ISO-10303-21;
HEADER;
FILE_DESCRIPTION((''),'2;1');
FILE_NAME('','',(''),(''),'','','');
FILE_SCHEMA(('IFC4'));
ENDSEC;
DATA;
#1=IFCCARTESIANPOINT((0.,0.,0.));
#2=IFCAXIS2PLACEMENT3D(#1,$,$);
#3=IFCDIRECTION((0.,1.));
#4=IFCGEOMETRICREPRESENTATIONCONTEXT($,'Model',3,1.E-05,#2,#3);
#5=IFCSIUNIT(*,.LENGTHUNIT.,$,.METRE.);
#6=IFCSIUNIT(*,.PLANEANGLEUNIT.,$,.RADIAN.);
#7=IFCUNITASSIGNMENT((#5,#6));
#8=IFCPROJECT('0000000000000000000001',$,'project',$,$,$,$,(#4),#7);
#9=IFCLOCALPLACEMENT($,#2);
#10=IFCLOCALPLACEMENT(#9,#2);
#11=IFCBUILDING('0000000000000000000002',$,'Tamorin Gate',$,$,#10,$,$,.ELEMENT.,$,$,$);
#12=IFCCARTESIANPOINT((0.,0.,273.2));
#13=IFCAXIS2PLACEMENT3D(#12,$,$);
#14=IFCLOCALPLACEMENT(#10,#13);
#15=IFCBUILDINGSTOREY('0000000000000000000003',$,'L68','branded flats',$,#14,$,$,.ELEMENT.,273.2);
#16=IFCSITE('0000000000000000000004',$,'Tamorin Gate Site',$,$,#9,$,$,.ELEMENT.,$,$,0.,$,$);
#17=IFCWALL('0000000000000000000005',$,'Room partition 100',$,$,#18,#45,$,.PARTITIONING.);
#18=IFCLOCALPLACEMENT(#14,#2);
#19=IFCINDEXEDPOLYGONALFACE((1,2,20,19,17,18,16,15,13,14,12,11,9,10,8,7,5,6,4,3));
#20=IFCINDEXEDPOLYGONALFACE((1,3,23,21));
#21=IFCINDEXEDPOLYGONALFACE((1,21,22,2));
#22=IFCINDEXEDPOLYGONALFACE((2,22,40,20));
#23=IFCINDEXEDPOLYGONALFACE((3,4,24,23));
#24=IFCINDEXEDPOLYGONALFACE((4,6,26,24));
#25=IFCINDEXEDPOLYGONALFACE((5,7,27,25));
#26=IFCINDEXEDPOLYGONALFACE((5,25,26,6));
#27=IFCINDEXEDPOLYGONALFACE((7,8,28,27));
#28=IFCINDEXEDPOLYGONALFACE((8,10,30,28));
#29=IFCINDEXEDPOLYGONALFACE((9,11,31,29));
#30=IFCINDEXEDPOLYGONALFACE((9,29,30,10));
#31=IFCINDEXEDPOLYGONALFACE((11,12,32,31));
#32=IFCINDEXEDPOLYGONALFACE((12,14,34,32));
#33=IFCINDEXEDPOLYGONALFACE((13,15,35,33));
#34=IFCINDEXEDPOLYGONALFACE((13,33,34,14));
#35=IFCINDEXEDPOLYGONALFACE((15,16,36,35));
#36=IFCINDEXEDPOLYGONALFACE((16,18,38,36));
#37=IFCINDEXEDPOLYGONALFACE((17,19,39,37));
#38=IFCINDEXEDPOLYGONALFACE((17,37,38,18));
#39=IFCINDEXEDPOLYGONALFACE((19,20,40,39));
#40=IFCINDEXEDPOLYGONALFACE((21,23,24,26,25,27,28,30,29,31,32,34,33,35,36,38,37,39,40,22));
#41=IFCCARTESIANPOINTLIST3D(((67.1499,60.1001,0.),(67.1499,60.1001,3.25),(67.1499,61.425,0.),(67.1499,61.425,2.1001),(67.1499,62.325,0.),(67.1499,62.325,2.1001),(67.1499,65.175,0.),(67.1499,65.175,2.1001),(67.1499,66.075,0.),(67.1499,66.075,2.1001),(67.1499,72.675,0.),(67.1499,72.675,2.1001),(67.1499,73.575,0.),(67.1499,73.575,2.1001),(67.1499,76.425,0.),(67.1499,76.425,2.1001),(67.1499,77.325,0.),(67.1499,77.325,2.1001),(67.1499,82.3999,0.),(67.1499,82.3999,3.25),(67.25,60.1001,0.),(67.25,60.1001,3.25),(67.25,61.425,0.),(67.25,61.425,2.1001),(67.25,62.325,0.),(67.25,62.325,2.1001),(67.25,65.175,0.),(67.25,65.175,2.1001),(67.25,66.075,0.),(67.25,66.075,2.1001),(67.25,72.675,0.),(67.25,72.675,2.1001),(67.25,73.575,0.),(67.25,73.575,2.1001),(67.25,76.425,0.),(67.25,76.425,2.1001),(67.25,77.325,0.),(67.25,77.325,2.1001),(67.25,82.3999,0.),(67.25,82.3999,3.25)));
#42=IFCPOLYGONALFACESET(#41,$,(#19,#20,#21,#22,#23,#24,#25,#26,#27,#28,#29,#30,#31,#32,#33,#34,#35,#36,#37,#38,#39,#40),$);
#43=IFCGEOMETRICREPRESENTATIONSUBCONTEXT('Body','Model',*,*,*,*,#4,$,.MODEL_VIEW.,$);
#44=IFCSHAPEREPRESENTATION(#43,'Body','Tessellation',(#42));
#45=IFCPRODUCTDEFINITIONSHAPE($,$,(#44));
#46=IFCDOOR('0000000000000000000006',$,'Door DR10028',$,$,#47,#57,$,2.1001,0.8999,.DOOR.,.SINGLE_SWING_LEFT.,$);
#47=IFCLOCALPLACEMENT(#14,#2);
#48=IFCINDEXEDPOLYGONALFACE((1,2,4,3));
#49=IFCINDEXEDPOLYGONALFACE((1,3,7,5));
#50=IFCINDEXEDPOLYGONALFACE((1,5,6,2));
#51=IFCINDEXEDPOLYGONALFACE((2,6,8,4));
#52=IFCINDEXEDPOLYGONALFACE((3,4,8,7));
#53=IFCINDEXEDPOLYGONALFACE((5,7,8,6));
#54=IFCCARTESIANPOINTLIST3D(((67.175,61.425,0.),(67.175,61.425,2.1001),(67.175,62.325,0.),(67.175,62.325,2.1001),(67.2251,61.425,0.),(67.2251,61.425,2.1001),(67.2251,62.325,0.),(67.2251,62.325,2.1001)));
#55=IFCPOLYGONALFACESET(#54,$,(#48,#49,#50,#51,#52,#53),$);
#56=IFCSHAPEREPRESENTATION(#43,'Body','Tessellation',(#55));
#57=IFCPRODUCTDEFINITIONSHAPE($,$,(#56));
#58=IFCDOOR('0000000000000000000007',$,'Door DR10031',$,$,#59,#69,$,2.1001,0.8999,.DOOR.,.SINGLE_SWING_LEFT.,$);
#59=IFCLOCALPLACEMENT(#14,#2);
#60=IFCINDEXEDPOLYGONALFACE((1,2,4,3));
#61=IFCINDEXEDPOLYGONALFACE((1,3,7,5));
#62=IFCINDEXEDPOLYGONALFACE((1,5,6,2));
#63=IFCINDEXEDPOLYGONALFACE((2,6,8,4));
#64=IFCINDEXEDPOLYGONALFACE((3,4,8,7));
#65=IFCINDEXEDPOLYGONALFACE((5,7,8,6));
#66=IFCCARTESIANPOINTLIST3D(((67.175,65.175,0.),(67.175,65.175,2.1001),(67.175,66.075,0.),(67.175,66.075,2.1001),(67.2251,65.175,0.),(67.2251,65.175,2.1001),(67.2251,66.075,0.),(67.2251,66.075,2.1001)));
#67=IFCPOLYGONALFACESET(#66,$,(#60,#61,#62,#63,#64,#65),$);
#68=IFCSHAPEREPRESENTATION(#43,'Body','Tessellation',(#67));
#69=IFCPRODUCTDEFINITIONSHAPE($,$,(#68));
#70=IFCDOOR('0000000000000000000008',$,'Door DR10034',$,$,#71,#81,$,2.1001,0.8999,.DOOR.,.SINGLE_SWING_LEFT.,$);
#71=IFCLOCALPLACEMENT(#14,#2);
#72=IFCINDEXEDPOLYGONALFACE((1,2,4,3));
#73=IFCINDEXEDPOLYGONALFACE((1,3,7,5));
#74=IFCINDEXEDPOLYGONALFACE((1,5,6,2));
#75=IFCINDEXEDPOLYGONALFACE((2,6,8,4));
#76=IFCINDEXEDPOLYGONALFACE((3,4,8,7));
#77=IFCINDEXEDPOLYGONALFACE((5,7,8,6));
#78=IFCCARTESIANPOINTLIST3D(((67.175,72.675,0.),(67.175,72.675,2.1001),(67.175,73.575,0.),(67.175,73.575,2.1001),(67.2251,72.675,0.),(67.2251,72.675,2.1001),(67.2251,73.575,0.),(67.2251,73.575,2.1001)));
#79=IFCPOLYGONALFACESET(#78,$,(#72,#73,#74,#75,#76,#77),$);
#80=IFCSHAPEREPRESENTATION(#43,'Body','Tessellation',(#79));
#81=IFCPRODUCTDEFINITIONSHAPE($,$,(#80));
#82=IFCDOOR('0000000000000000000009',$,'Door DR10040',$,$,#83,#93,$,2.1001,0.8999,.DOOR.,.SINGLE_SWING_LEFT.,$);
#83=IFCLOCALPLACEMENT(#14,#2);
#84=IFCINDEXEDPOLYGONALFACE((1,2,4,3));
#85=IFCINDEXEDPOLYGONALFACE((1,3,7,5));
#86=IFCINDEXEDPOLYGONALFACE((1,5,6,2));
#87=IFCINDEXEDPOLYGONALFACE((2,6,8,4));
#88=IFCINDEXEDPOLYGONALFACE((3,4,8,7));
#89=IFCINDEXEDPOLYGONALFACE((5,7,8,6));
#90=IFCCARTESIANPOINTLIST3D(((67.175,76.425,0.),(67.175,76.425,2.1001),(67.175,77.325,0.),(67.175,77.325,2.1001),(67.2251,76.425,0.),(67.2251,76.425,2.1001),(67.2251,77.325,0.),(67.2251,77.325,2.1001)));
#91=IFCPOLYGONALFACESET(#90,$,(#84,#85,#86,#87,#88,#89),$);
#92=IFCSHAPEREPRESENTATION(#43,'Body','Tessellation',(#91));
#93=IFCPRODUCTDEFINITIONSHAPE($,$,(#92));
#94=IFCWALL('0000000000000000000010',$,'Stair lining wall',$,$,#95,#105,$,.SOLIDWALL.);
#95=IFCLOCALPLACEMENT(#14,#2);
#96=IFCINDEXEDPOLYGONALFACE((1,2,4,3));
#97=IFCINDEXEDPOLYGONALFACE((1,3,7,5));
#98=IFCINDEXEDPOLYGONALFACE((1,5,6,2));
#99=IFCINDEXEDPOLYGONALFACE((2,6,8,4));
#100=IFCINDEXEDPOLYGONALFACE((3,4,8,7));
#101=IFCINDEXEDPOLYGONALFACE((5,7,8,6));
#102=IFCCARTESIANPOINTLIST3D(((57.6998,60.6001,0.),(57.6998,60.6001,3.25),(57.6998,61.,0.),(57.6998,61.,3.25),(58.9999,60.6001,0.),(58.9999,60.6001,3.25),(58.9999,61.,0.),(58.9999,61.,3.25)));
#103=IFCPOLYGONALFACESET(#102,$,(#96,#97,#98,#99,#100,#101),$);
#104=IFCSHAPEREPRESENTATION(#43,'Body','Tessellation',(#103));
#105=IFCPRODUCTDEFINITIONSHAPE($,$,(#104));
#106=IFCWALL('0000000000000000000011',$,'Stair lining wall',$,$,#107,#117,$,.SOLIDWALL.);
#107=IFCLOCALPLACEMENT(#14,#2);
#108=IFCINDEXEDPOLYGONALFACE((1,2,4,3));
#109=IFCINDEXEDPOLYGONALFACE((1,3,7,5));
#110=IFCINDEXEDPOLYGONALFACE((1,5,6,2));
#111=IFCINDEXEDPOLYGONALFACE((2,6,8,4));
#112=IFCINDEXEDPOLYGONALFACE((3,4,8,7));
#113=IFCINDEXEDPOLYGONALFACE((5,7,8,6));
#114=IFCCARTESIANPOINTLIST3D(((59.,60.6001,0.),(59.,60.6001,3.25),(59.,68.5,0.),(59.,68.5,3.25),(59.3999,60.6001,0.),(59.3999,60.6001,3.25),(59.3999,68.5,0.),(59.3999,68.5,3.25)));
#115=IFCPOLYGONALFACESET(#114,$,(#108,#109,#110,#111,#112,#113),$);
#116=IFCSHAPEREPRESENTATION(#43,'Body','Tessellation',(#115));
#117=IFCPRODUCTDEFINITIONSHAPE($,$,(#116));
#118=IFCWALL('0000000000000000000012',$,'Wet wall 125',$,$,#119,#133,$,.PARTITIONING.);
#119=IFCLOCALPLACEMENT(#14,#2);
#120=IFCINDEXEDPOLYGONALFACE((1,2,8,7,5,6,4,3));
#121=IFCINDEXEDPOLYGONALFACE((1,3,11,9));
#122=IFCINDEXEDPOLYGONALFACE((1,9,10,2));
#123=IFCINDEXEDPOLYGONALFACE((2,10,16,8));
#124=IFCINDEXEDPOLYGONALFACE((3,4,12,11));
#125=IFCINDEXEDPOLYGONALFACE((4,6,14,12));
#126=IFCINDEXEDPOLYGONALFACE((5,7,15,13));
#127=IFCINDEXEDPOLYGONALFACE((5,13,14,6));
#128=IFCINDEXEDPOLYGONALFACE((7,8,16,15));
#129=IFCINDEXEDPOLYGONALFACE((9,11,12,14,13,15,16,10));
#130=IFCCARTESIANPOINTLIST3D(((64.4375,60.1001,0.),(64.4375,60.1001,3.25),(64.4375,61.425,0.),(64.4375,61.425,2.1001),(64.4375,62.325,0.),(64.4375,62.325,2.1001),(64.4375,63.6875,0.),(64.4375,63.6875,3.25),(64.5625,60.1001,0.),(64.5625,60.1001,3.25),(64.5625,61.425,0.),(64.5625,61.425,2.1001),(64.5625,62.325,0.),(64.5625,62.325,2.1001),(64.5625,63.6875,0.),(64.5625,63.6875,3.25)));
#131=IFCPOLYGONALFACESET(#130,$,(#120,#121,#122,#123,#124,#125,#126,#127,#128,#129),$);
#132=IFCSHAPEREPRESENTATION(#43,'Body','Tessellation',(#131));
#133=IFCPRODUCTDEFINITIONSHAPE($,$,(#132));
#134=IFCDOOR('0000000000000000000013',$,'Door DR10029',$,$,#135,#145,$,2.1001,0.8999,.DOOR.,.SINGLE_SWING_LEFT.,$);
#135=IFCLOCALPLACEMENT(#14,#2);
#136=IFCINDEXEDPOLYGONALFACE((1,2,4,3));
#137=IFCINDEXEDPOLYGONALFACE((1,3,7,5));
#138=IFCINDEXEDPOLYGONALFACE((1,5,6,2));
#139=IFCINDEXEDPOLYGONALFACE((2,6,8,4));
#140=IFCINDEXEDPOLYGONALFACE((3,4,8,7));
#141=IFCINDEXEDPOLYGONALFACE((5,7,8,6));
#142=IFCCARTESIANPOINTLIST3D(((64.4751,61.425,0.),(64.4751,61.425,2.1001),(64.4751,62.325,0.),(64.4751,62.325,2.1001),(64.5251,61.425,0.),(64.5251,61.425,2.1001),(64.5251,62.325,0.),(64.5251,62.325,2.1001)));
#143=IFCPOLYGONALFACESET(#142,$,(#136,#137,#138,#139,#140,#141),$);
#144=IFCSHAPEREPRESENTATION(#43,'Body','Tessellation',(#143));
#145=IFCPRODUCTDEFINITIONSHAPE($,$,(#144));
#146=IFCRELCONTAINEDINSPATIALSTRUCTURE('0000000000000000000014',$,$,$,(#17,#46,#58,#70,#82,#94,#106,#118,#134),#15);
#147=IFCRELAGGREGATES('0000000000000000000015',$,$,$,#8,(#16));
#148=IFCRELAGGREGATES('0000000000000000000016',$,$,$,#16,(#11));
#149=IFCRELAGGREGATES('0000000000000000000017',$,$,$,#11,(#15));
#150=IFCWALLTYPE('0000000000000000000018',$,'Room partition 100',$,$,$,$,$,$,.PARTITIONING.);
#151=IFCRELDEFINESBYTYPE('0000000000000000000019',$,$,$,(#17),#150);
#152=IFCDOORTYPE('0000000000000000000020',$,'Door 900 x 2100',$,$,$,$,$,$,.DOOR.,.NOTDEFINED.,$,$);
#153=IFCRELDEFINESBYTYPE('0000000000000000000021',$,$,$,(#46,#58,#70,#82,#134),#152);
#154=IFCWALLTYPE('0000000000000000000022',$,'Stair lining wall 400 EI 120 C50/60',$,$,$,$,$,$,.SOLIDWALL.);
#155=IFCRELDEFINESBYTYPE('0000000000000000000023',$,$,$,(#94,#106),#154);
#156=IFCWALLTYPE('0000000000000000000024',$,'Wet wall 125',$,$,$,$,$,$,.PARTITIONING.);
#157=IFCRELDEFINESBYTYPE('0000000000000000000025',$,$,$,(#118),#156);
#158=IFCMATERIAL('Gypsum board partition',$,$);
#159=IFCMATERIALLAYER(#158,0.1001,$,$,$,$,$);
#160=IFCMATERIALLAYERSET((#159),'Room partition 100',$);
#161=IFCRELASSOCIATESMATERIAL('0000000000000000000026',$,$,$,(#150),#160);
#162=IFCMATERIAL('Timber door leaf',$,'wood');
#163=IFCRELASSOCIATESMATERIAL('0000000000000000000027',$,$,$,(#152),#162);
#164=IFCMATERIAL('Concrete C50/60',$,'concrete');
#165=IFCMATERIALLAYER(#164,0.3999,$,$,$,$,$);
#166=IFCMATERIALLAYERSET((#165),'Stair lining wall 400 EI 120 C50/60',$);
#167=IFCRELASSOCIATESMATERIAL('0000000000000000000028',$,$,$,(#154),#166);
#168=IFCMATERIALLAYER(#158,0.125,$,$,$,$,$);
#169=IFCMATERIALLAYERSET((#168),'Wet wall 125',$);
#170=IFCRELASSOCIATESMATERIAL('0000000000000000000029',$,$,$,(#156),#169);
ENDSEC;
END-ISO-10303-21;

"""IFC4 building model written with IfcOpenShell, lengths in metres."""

from ifc_helpers import new_model, si_unit, direction, frame, frame_2d, origin, place, context, subcontext, project, spatial, rectangle, extrude, material, layer, layer_set, type_object, element, fill, save


model = new_model("IFC4")

# Units and contexts
model_context = context("Model", 3, precision=1e-05, world=origin(), true_north=direction((0.0, 1.0)))
body_context = subcontext(model_context, "Body", "Model", "MODEL_VIEW")
ifc_project = project(units=[si_unit("LENGTHUNIT", "METRE"), si_unit("PLANEANGLEUNIT", "RADIAN")], contexts=[model_context])

# Site, building, storey
site_placement = place(None, origin())
site = spatial("IfcSite", under=ifc_project, at=site_placement, Name="Tamorin Gate Site", CompositionType="ELEMENT", RefElevation=0.0)
building_placement = place(site_placement, origin())
building = spatial("IfcBuilding", under=site, at=building_placement, Name="Tamorin Gate", CompositionType="ELEMENT")
storey_placement = place(building_placement, frame((0.0, 0.0, 273.2)))
storey = spatial("IfcBuildingStorey", under=building, at=storey_placement, Name="L68", Description="branded flats", CompositionType="ELEMENT", Elevation=273.2)

# Shared definitions
ifc_material_1 = material(Name="Concrete C50/60", Category="concrete")

# Shared definitions
ifc_material_2 = material(Name="Gypsum board partition")
ifc_material_3 = material(Name="Timber door leaf", Category="wood")

# Wall, openings, doors
ifc_layer_1 = layer(ifc_material_2, 0.1001)
ifc_layer_set_1 = layer_set([ifc_layer_1], Name="Room partition 100")
wall_type_1 = type_object("IfcWallType", Name="Room partition 100", PredefinedType="PARTITIONING", material=ifc_layer_set_1)
wall_1_placement = place(storey_placement, frame((67.2, 60.1001, 0.0), z_axis=(0.0, 0.0, 1.0), x_axis=(0.0, 1.0, 0.0)))
wall_1 = element("IfcWall", 1, at=wall_1_placement, inside=storey, type_object=wall_type_1, Name="Room partition 100", PredefinedType="PARTITIONING", context=body_context, shape_type="SweptSolid", body=[
    extrude(rectangle(XDim=22.2998, YDim=0.1001, at=frame_2d((11.1499, 0.0))), origin(), (0.0, 0.0, 1.0), 3.25),
])
opening_1_placement = place(wall_1_placement, frame((1.325, 0.0, 0.0)))
opening_1 = element("IfcOpeningElement", 2, at=opening_1_placement, cuts=wall_1, PredefinedType="OPENING", context=body_context, shape_type="SweptSolid", body=[
    extrude(rectangle(XDim=0.8999, YDim=2.1001, at=frame_2d((0.45, 1.05))), frame((0.0, 0.0601, 0.0), z_axis=(0.0, -1.0, 0.0), x_axis=(1.0, 0.0, 0.0)), (0.0, 0.0, 1.0), 0.1201),
])
opening_2_placement = place(wall_1_placement, frame((5.075, 0.0, 0.0)))
opening_2 = element("IfcOpeningElement", 3, at=opening_2_placement, cuts=wall_1, PredefinedType="OPENING", context=body_context, shape_type="SweptSolid", body=[
    extrude(rectangle(XDim=0.8999, YDim=2.1001, at=frame_2d((0.45, 1.05))), frame((0.0, 0.0601, 0.0), z_axis=(0.0, -1.0, 0.0), x_axis=(1.0, 0.0, 0.0)), (0.0, 0.0, 1.0), 0.1201),
])
opening_3_placement = place(wall_1_placement, frame((12.575, 0.0, 0.0)))
opening_3 = element("IfcOpeningElement", 4, at=opening_3_placement, cuts=wall_1, PredefinedType="OPENING", context=body_context, shape_type="SweptSolid", body=[
    extrude(rectangle(XDim=0.8999, YDim=2.1001, at=frame_2d((0.45, 1.05))), frame((0.0, 0.0601, 0.0), z_axis=(0.0, -1.0, 0.0), x_axis=(1.0, 0.0, 0.0)), (0.0, 0.0, 1.0), 0.1201),
])
opening_4_placement = place(wall_1_placement, frame((16.325, 0.0, 0.0)))
opening_4 = element("IfcOpeningElement", 5, at=opening_4_placement, cuts=wall_1, PredefinedType="OPENING", context=body_context, shape_type="SweptSolid", body=[
    extrude(rectangle(XDim=0.8999, YDim=2.1001, at=frame_2d((0.45, 1.05))), frame((0.0, 0.0601, 0.0), z_axis=(0.0, -1.0, 0.0), x_axis=(1.0, 0.0, 0.0)), (0.0, 0.0, 1.0), 0.1201),
])
door_type_1 = type_object("IfcDoorType", Name="Door 900 x 2100", OperationType="NOTDEFINED", PredefinedType="DOOR", material=ifc_material_3)
door_1_placement = place(opening_1_placement, origin())
door_1 = element("IfcDoor", 6, at=door_1_placement, inside=storey, type_object=door_type_1, Name="Door DR10028", OperationType="SINGLE_SWING_LEFT", OverallHeight=2.1001, OverallWidth=0.8999, PredefinedType="DOOR", context=body_context, shape_type="SweptSolid", body=[
    extrude(rectangle(XDim=0.8999, YDim=2.1001, at=frame_2d((0.45, 1.05))), frame((0.0, 0.0249, 0.0), z_axis=(0.0, -1.0, 0.0), x_axis=(1.0, 0.0, 0.0)), (0.0, 0.0, 1.0), 0.05),
])
fill(opening_1, door_1)
door_2_placement = place(opening_2_placement, origin())
door_2 = element("IfcDoor", 7, at=door_2_placement, inside=storey, type_object=door_type_1, Name="Door DR10031", OperationType="SINGLE_SWING_LEFT", OverallHeight=2.1001, OverallWidth=0.8999, PredefinedType="DOOR", context=body_context, shape_type="SweptSolid", body=[
    extrude(rectangle(XDim=0.8999, YDim=2.1001, at=frame_2d((0.45, 1.05))), frame((0.0, 0.0249, 0.0), z_axis=(0.0, -1.0, 0.0), x_axis=(1.0, 0.0, 0.0)), (0.0, 0.0, 1.0), 0.05),
])
fill(opening_2, door_2)
door_3_placement = place(opening_3_placement, origin())
door_3 = element("IfcDoor", 8, at=door_3_placement, inside=storey, type_object=door_type_1, Name="Door DR10034", OperationType="SINGLE_SWING_LEFT", OverallHeight=2.1001, OverallWidth=0.8999, PredefinedType="DOOR", context=body_context, shape_type="SweptSolid", body=[
    extrude(rectangle(XDim=0.8999, YDim=2.1001, at=frame_2d((0.45, 1.05))), frame((0.0, 0.0249, 0.0), z_axis=(0.0, -1.0, 0.0), x_axis=(1.0, 0.0, 0.0)), (0.0, 0.0, 1.0), 0.05),
])
fill(opening_3, door_3)
door_4_placement = place(opening_4_placement, origin())
door_4 = element("IfcDoor", 9, at=door_4_placement, inside=storey, type_object=door_type_1, Name="Door DR10040", OperationType="SINGLE_SWING_LEFT", OverallHeight=2.1001, OverallWidth=0.8999, PredefinedType="DOOR", context=body_context, shape_type="SweptSolid", body=[
    extrude(rectangle(XDim=0.8999, YDim=2.1001, at=frame_2d((0.45, 1.05))), frame((0.0, 0.0249, 0.0), z_axis=(0.0, -1.0, 0.0), x_axis=(1.0, 0.0, 0.0)), (0.0, 0.0, 1.0), 0.05),
])
fill(opening_4, door_4)

# Walls
ifc_layer_2 = layer(ifc_material_1, 0.3999)
ifc_layer_set_2 = layer_set([ifc_layer_2], Name="Stair lining wall 400 EI 120 C50/60")
wall_type_2 = type_object("IfcWallType", Name="Stair lining wall 400 EI 120 C50/60", PredefinedType="SOLIDWALL", material=ifc_layer_set_2)
wall_2_placement = place(storey_placement, frame((57.7, 60.8, 0.0), z_axis=(0.0, 0.0, 1.0), x_axis=(1.0, 0.0, 0.0)))
element("IfcWall", 10, at=wall_2_placement, inside=storey, type_object=wall_type_2, Name="Stair lining wall", PredefinedType="SOLIDWALL", context=body_context, shape_type="SweptSolid", body=[
    extrude(rectangle(XDim=1.3, YDim=0.3999, at=frame_2d((0.6499, 0.0))), origin(), (0.0, 0.0, 1.0), 3.25),
])
wall_3_placement = place(storey_placement, frame((59.2, 60.6001, 0.0), z_axis=(0.0, 0.0, 1.0), x_axis=(0.0, 1.0, 0.0)))
element("IfcWall", 11, at=wall_3_placement, inside=storey, type_object=wall_type_2, Name="Stair lining wall", PredefinedType="SOLIDWALL", context=body_context, shape_type="SweptSolid", body=[
    extrude(rectangle(XDim=7.8999, YDim=0.3999, at=frame_2d((3.95, 0.0))), origin(), (0.0, 0.0, 1.0), 3.25),
])

# Wall, opening, door
ifc_layer_3 = layer(ifc_material_2, 0.125)
ifc_layer_set_3 = layer_set([ifc_layer_3], Name="Wet wall 125")
wall_type_3 = type_object("IfcWallType", Name="Wet wall 125", PredefinedType="PARTITIONING", material=ifc_layer_set_3)
wall_4_placement = place(storey_placement, frame((64.5, 60.1001, 0.0), z_axis=(0.0, 0.0, 1.0), x_axis=(0.0, 1.0, 0.0)))
wall_4 = element("IfcWall", 12, at=wall_4_placement, inside=storey, type_object=wall_type_3, Name="Wet wall 125", PredefinedType="PARTITIONING", context=body_context, shape_type="SweptSolid", body=[
    extrude(rectangle(XDim=3.5874, YDim=0.125, at=frame_2d((1.7937, 0.0))), origin(), (0.0, 0.0, 1.0), 3.25),
])
opening_5_placement = place(wall_4_placement, frame((1.325, 0.0, 0.0)))
opening_5 = element("IfcOpeningElement", 13, at=opening_5_placement, cuts=wall_4, PredefinedType="OPENING", context=body_context, shape_type="SweptSolid", body=[
    extrude(rectangle(XDim=0.8999, YDim=2.1001, at=frame_2d((0.45, 1.05))), frame((0.0, 0.0725, 0.0), z_axis=(0.0, -1.0, 0.0), x_axis=(1.0, 0.0, 0.0)), (0.0, 0.0, 1.0), 0.145),
])
door_5_placement = place(opening_5_placement, origin())
door_5 = element("IfcDoor", 14, at=door_5_placement, inside=storey, type_object=door_type_1, Name="Door DR10029", OperationType="SINGLE_SWING_LEFT", OverallHeight=2.1001, OverallWidth=0.8999, PredefinedType="DOOR", context=body_context, shape_type="SweptSolid", body=[
    extrude(rectangle(XDim=0.8999, YDim=2.1001, at=frame_2d((0.45, 1.05))), frame((0.0, 0.0249, 0.0), z_axis=(0.0, -1.0, 0.0), x_axis=(1.0, 0.0, 0.0)), (0.0, 0.0, 1.0), 0.05),
])
fill(opening_5, door_5)

save(model, "model.ifc")
